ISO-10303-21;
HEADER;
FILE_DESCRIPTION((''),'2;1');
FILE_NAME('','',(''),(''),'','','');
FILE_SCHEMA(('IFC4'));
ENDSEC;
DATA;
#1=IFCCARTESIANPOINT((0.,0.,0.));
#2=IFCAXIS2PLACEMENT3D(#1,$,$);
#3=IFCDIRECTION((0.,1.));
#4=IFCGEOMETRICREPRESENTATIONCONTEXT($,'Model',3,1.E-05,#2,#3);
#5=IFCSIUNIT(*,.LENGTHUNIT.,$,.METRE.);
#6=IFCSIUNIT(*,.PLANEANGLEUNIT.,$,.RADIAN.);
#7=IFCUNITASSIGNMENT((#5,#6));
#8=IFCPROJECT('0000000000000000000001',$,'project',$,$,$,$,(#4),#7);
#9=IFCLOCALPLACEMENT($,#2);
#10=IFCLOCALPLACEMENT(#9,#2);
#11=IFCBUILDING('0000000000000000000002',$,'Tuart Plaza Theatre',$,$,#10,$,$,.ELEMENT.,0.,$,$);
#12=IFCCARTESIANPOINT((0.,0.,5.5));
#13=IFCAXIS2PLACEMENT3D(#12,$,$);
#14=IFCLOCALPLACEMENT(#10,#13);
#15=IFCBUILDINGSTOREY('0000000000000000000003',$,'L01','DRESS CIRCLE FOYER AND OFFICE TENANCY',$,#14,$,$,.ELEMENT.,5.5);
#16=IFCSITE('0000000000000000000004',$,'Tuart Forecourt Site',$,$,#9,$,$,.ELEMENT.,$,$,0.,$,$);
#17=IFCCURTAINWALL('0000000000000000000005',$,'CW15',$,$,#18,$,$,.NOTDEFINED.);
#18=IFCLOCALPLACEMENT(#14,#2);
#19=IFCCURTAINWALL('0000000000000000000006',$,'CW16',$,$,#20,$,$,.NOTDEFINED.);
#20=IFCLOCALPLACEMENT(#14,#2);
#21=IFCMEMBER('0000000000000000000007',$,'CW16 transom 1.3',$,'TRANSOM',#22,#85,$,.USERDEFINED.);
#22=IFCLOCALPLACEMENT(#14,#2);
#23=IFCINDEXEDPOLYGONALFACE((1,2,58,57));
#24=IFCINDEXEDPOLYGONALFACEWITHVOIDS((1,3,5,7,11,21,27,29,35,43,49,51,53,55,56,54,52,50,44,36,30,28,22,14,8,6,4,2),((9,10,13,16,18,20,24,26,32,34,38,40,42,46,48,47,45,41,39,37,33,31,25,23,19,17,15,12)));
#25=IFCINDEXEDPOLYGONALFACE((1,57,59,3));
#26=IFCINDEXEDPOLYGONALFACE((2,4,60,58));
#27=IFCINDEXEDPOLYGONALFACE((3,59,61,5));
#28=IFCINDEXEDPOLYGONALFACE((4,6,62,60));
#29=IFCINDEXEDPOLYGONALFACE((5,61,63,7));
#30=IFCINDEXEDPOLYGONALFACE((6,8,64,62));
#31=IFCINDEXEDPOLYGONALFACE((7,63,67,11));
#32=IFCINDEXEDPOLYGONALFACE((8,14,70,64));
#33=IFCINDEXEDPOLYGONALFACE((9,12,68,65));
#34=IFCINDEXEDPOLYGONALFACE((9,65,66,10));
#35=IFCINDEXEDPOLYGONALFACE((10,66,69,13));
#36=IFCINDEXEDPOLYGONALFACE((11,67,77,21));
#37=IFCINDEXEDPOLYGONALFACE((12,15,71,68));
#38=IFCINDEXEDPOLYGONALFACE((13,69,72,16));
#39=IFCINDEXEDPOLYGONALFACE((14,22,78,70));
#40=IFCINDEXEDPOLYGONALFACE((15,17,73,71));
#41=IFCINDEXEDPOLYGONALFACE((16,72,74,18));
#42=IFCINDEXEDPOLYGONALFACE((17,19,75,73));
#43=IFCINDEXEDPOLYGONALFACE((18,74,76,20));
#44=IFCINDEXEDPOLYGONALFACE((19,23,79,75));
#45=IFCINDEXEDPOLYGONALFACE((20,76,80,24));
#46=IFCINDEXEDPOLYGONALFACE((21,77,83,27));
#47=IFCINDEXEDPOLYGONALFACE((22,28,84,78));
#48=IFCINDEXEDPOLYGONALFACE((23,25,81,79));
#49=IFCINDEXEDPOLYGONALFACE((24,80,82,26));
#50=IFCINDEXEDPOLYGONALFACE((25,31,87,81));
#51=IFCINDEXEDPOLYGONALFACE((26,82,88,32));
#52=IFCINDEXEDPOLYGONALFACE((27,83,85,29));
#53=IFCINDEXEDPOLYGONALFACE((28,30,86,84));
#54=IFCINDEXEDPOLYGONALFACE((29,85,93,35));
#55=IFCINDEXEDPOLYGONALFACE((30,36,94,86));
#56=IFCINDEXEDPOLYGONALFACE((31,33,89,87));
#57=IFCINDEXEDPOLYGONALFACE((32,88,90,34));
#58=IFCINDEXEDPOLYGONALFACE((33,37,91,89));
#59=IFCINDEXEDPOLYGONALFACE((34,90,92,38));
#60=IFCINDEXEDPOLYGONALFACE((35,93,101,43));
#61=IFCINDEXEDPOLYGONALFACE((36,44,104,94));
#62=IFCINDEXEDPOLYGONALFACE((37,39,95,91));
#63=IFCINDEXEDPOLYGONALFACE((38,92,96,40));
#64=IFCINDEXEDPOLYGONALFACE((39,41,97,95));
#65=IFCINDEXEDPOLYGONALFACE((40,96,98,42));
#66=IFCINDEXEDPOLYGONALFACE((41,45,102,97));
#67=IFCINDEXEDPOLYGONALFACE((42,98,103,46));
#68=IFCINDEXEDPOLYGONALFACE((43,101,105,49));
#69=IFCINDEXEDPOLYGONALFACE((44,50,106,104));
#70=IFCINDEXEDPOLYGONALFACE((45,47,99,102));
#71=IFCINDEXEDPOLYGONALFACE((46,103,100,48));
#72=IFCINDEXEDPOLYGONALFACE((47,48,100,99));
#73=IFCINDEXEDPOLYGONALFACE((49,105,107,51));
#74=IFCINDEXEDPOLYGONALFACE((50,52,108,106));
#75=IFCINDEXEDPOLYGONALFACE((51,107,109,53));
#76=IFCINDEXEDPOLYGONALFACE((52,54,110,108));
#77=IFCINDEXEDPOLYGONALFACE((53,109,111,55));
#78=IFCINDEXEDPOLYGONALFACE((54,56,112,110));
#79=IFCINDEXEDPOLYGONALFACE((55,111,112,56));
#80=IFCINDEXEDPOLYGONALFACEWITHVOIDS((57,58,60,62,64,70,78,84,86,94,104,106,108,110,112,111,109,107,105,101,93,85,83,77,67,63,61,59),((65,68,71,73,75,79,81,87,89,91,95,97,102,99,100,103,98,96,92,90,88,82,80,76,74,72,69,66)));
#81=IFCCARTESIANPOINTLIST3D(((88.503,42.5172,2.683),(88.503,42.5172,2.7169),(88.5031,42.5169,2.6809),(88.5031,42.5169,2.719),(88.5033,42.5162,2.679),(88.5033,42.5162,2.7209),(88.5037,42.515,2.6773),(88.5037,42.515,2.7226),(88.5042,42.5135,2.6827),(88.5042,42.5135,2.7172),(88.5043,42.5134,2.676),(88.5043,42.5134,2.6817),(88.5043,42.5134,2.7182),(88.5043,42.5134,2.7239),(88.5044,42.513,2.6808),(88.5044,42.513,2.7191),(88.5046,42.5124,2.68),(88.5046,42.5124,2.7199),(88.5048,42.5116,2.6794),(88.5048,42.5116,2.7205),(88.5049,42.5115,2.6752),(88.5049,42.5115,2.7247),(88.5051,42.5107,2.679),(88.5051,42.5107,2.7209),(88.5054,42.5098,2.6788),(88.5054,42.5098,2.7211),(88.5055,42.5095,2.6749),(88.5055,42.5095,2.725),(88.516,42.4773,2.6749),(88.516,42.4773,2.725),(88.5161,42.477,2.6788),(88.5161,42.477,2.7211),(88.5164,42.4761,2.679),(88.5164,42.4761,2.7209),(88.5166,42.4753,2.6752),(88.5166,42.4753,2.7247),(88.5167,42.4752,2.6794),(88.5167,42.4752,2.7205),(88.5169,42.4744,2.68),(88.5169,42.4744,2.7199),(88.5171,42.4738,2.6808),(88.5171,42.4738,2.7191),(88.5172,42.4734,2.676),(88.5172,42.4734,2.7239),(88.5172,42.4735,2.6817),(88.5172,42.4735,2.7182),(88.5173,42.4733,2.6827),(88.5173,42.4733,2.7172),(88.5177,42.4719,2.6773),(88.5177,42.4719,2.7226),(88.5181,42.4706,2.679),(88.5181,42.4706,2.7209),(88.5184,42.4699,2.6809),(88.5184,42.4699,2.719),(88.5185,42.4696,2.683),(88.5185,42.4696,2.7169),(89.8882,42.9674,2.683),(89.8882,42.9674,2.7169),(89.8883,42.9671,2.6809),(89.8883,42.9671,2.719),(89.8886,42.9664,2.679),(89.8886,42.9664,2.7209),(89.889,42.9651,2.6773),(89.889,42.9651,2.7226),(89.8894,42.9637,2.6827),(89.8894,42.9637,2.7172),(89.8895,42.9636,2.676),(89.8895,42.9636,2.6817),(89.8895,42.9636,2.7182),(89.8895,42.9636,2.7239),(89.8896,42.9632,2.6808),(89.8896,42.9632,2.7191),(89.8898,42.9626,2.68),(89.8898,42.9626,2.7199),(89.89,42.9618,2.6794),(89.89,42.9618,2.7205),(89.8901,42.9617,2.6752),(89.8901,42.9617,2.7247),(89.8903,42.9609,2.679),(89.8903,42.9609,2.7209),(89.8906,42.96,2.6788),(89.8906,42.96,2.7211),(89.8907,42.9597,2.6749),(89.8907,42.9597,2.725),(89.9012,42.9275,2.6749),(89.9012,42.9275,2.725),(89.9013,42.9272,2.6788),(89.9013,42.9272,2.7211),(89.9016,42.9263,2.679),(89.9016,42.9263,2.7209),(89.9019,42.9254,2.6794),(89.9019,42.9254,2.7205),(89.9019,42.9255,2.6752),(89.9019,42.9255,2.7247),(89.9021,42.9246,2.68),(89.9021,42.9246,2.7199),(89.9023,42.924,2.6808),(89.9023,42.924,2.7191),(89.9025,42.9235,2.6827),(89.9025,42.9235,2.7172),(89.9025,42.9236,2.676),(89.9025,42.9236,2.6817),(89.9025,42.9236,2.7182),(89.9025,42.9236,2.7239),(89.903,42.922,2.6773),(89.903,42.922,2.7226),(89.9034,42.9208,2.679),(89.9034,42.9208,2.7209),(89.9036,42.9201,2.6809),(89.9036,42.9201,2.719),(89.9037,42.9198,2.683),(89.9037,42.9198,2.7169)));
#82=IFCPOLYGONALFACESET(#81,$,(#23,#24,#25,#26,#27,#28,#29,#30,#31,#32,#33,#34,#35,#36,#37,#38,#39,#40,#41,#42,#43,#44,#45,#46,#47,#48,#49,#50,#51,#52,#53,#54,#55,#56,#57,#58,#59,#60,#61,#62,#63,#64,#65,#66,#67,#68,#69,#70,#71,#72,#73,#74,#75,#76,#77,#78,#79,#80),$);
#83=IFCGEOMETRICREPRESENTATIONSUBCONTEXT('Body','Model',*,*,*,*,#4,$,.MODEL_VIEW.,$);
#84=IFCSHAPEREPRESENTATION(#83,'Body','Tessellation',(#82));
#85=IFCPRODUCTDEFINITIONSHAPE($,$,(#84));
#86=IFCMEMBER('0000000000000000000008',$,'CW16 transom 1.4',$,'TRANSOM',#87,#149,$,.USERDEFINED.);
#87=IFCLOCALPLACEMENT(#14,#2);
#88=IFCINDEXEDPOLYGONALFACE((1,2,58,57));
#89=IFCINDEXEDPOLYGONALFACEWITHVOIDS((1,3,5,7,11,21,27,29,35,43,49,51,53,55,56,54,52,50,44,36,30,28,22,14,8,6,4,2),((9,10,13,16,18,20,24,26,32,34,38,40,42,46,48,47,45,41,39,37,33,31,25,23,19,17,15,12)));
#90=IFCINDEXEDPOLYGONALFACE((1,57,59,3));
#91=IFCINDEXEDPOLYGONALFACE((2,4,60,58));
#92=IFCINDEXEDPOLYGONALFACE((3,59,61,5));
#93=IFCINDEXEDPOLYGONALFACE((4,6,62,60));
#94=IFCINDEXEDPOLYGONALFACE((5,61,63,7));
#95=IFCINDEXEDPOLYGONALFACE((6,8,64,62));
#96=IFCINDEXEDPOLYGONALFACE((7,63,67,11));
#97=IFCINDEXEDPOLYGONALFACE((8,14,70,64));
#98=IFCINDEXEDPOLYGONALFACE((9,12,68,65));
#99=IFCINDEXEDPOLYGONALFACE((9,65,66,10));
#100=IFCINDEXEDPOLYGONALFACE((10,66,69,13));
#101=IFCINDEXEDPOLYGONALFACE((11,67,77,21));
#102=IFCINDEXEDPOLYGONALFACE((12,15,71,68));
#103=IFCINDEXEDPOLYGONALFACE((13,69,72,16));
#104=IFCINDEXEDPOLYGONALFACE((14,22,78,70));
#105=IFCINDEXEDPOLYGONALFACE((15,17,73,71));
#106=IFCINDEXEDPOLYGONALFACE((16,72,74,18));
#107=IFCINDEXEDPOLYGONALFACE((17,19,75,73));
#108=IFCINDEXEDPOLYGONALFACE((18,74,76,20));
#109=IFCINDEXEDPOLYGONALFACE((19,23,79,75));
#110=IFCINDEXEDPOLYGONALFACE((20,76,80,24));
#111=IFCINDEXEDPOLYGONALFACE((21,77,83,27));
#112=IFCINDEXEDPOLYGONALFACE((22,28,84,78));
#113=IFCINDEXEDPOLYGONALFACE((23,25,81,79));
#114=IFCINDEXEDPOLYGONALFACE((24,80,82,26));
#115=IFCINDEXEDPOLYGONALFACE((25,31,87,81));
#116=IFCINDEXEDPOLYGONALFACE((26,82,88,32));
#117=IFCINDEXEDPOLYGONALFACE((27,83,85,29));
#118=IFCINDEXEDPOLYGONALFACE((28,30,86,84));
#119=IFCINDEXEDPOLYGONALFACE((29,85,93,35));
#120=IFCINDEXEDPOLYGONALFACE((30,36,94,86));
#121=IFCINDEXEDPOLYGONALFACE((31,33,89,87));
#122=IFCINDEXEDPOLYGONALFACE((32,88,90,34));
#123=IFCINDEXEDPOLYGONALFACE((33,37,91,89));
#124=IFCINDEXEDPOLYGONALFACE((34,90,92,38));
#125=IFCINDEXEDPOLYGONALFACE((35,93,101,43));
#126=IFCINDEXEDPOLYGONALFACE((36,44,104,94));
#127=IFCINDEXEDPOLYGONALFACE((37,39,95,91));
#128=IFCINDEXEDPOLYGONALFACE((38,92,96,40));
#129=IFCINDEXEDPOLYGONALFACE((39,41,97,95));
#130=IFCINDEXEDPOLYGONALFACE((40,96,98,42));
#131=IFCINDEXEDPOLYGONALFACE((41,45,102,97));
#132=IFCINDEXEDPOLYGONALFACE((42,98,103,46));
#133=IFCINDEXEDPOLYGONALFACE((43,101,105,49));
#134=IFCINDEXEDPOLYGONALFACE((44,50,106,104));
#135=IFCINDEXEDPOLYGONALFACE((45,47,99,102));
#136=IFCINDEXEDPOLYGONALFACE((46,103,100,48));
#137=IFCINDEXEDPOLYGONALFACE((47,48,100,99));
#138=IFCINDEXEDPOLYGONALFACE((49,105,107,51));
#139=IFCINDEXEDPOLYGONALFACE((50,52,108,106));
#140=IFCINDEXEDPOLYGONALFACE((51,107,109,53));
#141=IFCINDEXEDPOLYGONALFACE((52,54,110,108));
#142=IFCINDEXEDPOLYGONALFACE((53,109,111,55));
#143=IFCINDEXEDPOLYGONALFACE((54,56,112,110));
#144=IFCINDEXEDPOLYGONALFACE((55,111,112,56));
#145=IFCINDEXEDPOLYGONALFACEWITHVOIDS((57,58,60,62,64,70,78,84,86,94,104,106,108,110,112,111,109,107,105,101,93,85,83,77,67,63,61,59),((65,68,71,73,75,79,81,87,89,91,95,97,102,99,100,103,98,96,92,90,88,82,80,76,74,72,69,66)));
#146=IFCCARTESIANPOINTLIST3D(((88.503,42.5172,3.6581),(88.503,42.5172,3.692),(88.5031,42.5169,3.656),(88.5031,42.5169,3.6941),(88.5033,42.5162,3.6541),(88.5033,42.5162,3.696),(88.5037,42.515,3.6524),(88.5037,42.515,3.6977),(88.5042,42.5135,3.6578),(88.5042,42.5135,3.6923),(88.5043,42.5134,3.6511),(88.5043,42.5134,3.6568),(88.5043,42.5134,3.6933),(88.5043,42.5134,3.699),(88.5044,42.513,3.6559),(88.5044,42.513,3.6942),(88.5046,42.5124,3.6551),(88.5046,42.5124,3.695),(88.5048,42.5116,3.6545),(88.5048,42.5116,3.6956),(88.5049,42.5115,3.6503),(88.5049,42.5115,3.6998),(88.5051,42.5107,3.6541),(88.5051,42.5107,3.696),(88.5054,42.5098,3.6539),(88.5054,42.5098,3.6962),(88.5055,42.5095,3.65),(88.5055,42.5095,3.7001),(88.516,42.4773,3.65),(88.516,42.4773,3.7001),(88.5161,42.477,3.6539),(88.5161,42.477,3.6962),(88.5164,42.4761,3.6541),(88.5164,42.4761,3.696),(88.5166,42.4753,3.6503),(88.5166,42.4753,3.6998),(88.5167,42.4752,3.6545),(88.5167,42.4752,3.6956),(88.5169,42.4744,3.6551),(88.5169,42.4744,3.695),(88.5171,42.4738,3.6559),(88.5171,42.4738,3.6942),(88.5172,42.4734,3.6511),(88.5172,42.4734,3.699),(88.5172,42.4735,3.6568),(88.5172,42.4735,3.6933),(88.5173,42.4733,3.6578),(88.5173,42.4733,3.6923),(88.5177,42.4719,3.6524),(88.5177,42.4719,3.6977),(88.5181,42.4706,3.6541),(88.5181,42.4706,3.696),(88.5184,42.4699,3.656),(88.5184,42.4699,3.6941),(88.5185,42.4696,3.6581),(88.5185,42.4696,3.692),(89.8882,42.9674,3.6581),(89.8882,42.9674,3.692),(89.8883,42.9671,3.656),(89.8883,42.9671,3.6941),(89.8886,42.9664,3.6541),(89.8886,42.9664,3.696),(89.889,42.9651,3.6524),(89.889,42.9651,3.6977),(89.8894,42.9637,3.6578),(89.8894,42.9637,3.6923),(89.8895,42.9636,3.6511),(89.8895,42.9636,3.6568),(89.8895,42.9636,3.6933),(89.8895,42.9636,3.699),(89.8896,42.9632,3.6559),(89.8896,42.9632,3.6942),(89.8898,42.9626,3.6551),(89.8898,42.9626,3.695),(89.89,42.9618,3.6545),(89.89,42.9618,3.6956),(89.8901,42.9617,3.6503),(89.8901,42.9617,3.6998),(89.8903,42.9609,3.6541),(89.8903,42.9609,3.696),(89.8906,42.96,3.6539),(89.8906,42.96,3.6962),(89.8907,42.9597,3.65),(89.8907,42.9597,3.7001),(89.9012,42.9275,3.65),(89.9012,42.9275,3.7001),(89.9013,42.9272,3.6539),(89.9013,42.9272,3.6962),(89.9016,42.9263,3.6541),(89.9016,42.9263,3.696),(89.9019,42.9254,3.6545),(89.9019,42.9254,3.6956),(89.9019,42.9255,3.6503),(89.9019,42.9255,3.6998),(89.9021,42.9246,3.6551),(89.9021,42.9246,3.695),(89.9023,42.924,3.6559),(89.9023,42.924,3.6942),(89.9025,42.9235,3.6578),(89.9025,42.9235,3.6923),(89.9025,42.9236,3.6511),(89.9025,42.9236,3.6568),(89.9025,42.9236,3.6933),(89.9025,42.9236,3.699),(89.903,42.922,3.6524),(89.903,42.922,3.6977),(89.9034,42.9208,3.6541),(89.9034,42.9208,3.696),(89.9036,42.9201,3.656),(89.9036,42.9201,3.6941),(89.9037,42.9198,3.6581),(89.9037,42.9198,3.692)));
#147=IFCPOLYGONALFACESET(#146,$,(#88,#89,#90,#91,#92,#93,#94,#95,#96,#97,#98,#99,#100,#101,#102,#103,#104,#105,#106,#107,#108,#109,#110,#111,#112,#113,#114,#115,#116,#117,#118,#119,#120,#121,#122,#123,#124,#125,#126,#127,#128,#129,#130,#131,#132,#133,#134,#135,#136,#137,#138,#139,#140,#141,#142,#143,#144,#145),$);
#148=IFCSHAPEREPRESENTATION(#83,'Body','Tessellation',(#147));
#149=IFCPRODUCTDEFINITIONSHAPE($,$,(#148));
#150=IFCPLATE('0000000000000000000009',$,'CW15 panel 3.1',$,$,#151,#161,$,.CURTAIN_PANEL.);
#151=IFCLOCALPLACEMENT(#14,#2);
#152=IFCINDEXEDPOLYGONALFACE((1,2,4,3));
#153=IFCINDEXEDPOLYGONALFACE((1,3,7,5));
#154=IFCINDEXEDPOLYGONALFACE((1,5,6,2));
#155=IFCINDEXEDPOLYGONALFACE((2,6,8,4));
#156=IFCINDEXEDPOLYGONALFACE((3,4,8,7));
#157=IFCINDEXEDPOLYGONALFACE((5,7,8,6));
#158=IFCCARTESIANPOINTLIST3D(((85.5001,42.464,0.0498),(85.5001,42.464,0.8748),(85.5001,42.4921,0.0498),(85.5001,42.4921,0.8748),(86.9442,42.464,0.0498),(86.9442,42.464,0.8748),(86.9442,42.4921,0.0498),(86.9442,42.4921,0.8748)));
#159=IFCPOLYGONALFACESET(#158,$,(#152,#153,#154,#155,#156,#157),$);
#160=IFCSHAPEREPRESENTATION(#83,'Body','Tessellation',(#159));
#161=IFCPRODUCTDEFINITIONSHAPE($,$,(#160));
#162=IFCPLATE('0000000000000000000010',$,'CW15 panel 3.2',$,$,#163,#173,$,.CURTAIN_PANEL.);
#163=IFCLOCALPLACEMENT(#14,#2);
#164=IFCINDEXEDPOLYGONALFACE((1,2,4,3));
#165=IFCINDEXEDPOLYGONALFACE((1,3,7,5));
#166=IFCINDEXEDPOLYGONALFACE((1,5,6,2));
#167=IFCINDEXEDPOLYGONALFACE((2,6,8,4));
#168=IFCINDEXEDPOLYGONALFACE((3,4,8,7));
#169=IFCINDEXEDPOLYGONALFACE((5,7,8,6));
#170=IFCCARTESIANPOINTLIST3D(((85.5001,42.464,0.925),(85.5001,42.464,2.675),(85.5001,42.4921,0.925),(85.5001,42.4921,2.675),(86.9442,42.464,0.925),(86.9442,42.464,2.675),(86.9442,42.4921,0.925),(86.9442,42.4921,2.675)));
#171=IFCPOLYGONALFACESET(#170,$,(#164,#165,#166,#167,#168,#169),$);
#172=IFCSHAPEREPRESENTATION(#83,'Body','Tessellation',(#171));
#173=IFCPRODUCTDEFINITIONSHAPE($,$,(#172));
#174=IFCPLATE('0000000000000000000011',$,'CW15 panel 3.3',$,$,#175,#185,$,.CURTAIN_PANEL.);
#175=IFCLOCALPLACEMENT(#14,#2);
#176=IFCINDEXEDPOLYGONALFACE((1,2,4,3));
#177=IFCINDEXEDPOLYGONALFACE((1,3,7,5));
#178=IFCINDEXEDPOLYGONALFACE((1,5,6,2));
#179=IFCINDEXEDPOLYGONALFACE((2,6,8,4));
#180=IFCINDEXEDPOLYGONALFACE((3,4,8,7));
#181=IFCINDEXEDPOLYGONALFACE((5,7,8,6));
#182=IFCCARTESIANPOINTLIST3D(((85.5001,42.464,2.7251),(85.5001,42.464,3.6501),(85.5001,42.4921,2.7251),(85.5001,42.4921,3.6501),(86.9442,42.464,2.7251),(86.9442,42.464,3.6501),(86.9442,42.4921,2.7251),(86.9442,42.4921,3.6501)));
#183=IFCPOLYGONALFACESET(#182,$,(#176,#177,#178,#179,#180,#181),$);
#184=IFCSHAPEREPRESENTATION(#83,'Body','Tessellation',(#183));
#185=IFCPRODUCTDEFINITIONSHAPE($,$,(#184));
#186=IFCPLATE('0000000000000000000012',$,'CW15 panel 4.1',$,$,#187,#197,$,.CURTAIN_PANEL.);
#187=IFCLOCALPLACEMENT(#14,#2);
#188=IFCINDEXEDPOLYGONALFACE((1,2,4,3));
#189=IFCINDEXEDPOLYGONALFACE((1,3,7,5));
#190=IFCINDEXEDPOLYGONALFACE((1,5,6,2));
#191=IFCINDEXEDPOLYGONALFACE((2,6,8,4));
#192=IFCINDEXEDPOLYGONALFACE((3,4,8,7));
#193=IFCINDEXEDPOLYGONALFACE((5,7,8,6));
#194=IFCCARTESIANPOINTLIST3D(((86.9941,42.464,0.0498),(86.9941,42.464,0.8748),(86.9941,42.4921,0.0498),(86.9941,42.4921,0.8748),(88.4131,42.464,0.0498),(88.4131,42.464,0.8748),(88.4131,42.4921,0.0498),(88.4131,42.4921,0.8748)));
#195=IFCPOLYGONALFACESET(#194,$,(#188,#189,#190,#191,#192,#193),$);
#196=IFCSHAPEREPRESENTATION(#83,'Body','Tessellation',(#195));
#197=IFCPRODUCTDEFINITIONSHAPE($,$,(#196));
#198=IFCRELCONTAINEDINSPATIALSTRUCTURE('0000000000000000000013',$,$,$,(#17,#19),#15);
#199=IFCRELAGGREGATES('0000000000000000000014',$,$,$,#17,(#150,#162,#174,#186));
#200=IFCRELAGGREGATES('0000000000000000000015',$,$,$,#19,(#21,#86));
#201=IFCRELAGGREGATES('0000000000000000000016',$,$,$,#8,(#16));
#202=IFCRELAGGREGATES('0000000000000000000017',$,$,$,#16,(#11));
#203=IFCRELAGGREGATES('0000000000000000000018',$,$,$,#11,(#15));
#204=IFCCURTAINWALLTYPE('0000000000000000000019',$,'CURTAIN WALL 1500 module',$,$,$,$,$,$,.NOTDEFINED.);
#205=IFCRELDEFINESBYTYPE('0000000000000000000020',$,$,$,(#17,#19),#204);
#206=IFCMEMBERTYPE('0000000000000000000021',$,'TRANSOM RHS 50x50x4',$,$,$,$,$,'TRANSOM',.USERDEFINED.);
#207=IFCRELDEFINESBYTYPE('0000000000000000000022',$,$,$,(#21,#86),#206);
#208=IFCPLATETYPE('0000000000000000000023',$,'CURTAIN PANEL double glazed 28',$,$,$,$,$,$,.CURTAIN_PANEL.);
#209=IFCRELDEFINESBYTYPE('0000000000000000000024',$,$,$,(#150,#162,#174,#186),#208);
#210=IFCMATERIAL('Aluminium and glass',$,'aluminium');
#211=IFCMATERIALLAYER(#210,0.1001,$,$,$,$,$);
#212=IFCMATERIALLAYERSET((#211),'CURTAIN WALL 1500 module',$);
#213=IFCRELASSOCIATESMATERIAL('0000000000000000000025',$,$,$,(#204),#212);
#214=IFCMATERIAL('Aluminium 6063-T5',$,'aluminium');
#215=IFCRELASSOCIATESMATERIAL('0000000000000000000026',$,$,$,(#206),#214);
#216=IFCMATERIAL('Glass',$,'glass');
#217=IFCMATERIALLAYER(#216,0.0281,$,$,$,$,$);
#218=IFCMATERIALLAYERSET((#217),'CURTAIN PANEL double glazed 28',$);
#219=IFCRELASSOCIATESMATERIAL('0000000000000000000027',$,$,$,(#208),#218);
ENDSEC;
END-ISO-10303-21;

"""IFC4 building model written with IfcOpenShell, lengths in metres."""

from ifc_helpers import new_model, si_unit, direction, frame, origin, origin_2d, place, context, subcontext, project, spatial, rectangle, hollow_rectangle, extrude, material, layer, layer_set, material_profile, profile_set, type_object, element, aggregate, save


model = new_model("IFC4")

# Units and contexts
model_context = context("Model", 3, precision=1e-05, world=origin(), true_north=direction((0.0, 1.0)))
body_context = subcontext(model_context, "Body", "Model", "MODEL_VIEW")
ifc_project = project(units=[si_unit("LENGTHUNIT", "METRE"), si_unit("PLANEANGLEUNIT", "RADIAN")], contexts=[model_context])

# Site, building, storey
site_placement = place(None, origin())
site = spatial("IfcSite", under=ifc_project, at=site_placement, Name="Tuart Forecourt Site", CompositionType="ELEMENT", RefElevation=0.0)
building_placement = place(site_placement, origin())
building = spatial("IfcBuilding", under=site, at=building_placement, Name="Tuart Plaza Theatre", CompositionType="ELEMENT", ElevationOfRefHeight=0.0)
storey_placement = place(building_placement, frame((0.0, 0.0, 5.5)))
storey = spatial("IfcBuildingStorey", under=building, at=storey_placement, Name="L01", Description="DRESS CIRCLE FOYER AND OFFICE TENANCY", CompositionType="ELEMENT", Elevation=5.5)

# Curtain wall
ifc_material_1 = material(Name="Aluminium and glass", Category="aluminium")
ifc_layer_1 = layer(ifc_material_1, 0.1001)
ifc_layer_set_1 = layer_set([ifc_layer_1], Name="CURTAIN WALL 1500 module")
curtain_wall_type = type_object("IfcCurtainWallType", Name="CURTAIN WALL 1500 module", PredefinedType="NOTDEFINED", material=ifc_layer_set_1)
curtain_wall_1_placement = place(storey_placement, origin())
curtain_wall_1 = element("IfcCurtainWall", 1, at=curtain_wall_1_placement, inside=storey, type_object=curtain_wall_type, Name="CW15", PredefinedType="NOTDEFINED")

# Curtain wall
curtain_wall_2_placement = place(storey_placement, origin())
curtain_wall_2 = element("IfcCurtainWall", 2, at=curtain_wall_2_placement, inside=storey, type_object=curtain_wall_type, Name="CW16", PredefinedType="NOTDEFINED")

# Members
ifc_material_2 = material(Name="Aluminium 6063-T5", Category="aluminium")
ifc_material_profile_1 = material_profile(ifc_material_2, hollow_rectangle(XDim=0.05, YDim=0.05, WallThickness=0.0039, InnerFilletRadius=0.0039, OuterFilletRadius=0.0081, at=origin_2d()), Name="RHS 50x50x4")
ifc_profile_set_1 = profile_set([ifc_material_profile_1], Name="Aluminium 6063-T5")
member_type_1 = type_object("IfcMemberType", Name="TRANSOM RHS 50x50x4", ElementType="TRANSOM", PredefinedType="USERDEFINED", material=ifc_profile_set_1)
member_1_placement = place(storey_placement, frame((88.5107, 42.4934, 2.7), z_axis=(0.951037, 0.309078, 0.0), x_axis=(-0.309078, 0.951037, 0.0)))
member_1 = element("IfcMember", 3, at=member_1_placement, type_object=member_type_1, Name="CW16 transom 1.3", ObjectType="TRANSOM", PredefinedType="USERDEFINED", context=body_context, shape_type="SweptSolid", body=[
    extrude(hollow_rectangle(XDim=0.05, YDim=0.05, WallThickness=0.0039, InnerFilletRadius=0.0039, OuterFilletRadius=0.0081, at=origin_2d()), origin(), (0.0, 0.0, 1.0), 1.4565),
])
member_2_placement = place(storey_placement, frame((88.5107, 42.4934, 3.675), z_axis=(0.951037, 0.309078, 0.0), x_axis=(-0.309078, 0.951037, 0.0)))
member_2 = element("IfcMember", 4, at=member_2_placement, type_object=member_type_1, Name="CW16 transom 1.4", ObjectType="TRANSOM", PredefinedType="USERDEFINED", context=body_context, shape_type="SweptSolid", body=[
    extrude(hollow_rectangle(XDim=0.05, YDim=0.05, WallThickness=0.0039, InnerFilletRadius=0.0039, OuterFilletRadius=0.0081, at=origin_2d()), origin(), (0.0, 0.0, 1.0), 1.4565),
])

# Plates
ifc_material_3 = material(Name="Glass", Category="glass")
ifc_layer_2 = layer(ifc_material_3, 0.0281)
ifc_layer_set_2 = layer_set([ifc_layer_2], Name="CURTAIN PANEL double glazed 28")
plate_type = type_object("IfcPlateType", Name="CURTAIN PANEL double glazed 28", PredefinedType="CURTAIN_PANEL", material=ifc_layer_set_2)
plate_1_placement = place(storey_placement, frame((86.2222, 42.478, 0.0498), z_axis=(0.0, 0.0, 1.0), x_axis=(1.0, 0.0, 0.0)))
plate_1 = element("IfcPlate", 5, at=plate_1_placement, type_object=plate_type, Name="CW15 panel 3.1", PredefinedType="CURTAIN_PANEL", context=body_context, shape_type="SweptSolid", body=[
    extrude(rectangle(XDim=1.4441, YDim=0.0281, at=origin_2d()), origin(), (0.0, 0.0, 1.0), 0.825),
])
plate_2_placement = place(storey_placement, frame((86.2222, 42.478, 0.925), z_axis=(0.0, 0.0, 1.0), x_axis=(1.0, 0.0, 0.0)))
plate_2 = element("IfcPlate", 6, at=plate_2_placement, type_object=plate_type, Name="CW15 panel 3.2", PredefinedType="CURTAIN_PANEL", context=body_context, shape_type="SweptSolid", body=[
    extrude(rectangle(XDim=1.4441, YDim=0.0281, at=origin_2d()), origin(), (0.0, 0.0, 1.0), 1.75),
])
plate_3_placement = place(storey_placement, frame((86.2222, 42.478, 2.7251), z_axis=(0.0, 0.0, 1.0), x_axis=(1.0, 0.0, 0.0)))
plate_3 = element("IfcPlate", 7, at=plate_3_placement, type_object=plate_type, Name="CW15 panel 3.3", PredefinedType="CURTAIN_PANEL", context=body_context, shape_type="SweptSolid", body=[
    extrude(rectangle(XDim=1.4441, YDim=0.0281, at=origin_2d()), origin(), (0.0, 0.0, 1.0), 0.925),
])
plate_4_placement = place(storey_placement, frame((87.7036, 42.478, 0.0498), z_axis=(0.0, 0.0, 1.0), x_axis=(1.0, 0.0, 0.0)))
plate_4 = element("IfcPlate", 8, at=plate_4_placement, type_object=plate_type, Name="CW15 panel 4.1", PredefinedType="CURTAIN_PANEL", context=body_context, shape_type="SweptSolid", body=[
    extrude(rectangle(XDim=1.4189, YDim=0.0281, at=origin_2d()), origin(), (0.0, 0.0, 1.0), 0.825),
])
aggregate(curtain_wall_1, [plate_1, plate_2, plate_3, plate_4])
aggregate(curtain_wall_2, [member_1, member_2])

save(model, "model.ifc")
